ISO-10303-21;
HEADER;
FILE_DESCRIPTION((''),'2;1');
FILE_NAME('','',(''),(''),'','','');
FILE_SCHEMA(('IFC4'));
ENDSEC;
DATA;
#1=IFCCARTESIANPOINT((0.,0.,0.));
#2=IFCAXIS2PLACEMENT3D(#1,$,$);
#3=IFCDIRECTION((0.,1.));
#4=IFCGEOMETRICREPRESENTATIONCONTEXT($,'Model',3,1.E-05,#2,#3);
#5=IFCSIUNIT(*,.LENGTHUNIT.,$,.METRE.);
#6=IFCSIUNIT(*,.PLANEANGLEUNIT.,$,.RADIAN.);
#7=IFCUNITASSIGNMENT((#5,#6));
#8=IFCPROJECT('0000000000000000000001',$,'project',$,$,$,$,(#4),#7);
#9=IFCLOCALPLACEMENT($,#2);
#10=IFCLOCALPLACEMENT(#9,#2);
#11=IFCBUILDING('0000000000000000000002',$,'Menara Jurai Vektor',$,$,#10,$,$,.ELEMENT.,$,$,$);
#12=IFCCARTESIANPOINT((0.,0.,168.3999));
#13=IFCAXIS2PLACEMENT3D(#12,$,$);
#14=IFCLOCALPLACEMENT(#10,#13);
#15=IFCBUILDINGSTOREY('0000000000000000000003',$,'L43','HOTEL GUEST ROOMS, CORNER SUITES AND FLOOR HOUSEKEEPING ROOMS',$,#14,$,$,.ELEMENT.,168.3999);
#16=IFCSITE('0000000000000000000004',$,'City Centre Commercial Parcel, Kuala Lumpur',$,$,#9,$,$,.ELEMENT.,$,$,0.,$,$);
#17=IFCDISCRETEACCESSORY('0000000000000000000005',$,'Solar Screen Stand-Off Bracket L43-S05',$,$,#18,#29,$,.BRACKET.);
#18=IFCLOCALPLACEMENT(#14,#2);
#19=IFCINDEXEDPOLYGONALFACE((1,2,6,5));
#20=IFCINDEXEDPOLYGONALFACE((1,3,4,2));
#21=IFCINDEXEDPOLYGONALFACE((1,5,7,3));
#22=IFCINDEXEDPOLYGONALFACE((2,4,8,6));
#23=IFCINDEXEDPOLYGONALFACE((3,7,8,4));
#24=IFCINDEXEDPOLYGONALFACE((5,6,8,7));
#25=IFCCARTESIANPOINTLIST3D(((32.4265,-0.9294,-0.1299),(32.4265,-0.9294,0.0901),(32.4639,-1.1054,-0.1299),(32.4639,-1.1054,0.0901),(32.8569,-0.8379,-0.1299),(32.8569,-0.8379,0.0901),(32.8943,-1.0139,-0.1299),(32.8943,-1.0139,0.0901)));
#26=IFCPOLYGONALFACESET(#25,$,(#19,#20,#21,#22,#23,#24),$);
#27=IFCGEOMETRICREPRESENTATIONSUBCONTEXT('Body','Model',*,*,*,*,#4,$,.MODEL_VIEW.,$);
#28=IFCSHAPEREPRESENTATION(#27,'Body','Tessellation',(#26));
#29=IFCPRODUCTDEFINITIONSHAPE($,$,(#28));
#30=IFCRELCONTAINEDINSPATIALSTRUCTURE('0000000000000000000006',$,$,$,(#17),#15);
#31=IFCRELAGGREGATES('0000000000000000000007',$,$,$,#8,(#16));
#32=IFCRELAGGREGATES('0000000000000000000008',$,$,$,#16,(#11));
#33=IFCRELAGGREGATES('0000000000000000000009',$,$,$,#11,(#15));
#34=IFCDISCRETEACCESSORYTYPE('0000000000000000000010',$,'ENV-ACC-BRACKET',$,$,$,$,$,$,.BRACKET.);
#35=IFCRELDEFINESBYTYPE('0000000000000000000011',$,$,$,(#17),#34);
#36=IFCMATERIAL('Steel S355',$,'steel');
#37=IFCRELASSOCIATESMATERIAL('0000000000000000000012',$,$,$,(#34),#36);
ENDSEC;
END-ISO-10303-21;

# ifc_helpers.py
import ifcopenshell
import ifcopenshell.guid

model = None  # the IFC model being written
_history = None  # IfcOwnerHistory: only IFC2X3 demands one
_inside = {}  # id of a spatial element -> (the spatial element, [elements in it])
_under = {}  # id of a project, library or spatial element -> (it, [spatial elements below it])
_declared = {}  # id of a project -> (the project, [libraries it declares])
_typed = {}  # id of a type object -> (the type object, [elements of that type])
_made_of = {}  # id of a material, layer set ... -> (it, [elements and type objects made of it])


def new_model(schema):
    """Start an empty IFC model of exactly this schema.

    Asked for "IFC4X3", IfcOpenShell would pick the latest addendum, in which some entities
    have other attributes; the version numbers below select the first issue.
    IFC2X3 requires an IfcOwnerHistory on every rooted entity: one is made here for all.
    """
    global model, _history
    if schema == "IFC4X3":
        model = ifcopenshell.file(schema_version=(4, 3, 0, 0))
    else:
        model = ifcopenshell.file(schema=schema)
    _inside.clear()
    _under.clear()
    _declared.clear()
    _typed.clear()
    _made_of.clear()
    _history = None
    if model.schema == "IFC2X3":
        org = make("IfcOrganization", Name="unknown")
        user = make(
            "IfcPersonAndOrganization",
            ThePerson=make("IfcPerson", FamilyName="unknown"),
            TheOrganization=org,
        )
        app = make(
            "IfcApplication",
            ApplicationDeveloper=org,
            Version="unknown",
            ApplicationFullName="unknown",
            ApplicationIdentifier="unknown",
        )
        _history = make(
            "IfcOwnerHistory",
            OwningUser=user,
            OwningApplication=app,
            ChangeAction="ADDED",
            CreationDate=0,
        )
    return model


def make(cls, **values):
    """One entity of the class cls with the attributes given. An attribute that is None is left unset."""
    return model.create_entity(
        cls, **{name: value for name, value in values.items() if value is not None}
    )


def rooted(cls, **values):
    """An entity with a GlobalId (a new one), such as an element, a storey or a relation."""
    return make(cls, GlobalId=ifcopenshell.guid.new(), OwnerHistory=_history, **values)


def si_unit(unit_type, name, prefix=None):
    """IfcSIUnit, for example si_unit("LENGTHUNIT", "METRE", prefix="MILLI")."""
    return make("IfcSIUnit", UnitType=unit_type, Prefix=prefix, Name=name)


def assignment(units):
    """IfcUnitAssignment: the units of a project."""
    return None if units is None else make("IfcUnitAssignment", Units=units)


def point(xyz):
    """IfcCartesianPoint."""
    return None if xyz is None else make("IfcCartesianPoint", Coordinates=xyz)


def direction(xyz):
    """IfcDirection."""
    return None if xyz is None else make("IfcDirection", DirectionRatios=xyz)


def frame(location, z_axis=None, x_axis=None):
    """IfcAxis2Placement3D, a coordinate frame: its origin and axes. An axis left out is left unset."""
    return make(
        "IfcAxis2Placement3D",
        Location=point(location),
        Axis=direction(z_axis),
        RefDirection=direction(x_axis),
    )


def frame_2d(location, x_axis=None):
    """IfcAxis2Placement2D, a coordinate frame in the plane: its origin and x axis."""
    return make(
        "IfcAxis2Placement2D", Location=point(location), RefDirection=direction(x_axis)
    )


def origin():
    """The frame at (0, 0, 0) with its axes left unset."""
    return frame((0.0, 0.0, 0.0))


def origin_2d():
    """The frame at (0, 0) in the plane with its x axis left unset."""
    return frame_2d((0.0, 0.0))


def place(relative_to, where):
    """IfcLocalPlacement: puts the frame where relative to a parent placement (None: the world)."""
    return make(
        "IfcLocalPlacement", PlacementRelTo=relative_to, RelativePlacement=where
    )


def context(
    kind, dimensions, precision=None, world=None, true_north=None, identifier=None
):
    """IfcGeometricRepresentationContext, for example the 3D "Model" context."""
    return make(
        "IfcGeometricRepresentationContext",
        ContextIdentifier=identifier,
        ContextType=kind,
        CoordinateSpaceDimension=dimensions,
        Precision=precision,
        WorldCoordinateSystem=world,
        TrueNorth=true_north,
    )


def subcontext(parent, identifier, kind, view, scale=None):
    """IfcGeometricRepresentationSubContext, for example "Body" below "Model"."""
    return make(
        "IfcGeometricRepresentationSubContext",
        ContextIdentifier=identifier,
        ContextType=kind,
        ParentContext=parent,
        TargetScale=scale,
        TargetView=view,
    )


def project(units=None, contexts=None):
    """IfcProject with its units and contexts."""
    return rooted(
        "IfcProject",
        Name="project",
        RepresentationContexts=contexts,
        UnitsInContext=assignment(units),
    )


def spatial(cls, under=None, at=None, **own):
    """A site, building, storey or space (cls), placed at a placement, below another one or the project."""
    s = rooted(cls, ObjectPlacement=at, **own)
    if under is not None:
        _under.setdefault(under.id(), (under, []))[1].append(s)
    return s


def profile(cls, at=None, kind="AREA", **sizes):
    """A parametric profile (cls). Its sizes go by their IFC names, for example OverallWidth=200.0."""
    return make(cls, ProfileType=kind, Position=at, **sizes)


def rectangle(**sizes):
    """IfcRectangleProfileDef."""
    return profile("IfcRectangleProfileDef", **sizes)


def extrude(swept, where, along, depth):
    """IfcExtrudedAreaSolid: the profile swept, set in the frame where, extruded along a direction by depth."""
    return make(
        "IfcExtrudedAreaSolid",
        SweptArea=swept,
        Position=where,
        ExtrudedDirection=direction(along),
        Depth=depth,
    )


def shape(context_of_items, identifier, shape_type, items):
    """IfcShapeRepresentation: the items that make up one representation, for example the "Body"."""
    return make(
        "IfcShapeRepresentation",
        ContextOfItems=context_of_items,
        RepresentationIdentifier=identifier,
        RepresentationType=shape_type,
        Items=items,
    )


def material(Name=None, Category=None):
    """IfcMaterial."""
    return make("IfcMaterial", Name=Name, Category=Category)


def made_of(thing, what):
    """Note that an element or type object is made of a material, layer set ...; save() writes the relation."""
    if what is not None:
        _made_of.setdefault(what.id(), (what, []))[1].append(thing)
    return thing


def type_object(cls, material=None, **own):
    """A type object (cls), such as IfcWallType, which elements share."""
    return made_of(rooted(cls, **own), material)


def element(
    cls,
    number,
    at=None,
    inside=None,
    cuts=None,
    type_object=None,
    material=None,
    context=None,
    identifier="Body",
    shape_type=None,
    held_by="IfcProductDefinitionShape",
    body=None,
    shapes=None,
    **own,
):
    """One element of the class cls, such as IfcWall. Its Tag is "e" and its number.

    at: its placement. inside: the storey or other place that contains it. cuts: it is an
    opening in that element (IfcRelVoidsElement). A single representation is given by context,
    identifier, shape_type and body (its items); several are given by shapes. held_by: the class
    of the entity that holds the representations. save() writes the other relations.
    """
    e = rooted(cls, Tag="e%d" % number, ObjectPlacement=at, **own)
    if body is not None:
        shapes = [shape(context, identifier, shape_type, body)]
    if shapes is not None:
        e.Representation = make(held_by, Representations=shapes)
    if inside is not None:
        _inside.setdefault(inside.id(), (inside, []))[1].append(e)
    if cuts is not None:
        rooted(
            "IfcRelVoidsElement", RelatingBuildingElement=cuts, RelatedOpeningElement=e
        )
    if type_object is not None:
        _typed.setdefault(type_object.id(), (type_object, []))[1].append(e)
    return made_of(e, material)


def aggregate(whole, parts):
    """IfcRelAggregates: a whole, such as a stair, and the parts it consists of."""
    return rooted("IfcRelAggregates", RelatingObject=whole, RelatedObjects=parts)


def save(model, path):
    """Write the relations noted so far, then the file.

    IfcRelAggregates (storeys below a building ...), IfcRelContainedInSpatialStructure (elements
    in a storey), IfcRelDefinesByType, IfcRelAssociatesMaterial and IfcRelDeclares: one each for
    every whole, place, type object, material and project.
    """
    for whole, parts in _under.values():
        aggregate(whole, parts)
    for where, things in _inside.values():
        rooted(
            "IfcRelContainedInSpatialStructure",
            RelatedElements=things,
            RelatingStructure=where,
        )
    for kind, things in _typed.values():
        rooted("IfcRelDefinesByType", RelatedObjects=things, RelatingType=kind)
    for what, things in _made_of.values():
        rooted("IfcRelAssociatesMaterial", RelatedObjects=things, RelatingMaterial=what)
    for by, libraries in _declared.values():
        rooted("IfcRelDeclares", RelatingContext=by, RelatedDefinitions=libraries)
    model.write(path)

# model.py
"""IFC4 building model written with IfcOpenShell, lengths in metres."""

from ifc_helpers import new_model, si_unit, direction, frame, origin, origin_2d, place, context, subcontext, project, spatial, rectangle, extrude, material, type_object, element, save


model = new_model("IFC4")

# Units and contexts
model_context = context("Model", 3, precision=1e-05, world=origin(), true_north=direction((0.0, 1.0)))
body_context = subcontext(model_context, "Body", "Model", "MODEL_VIEW")
ifc_project = project(units=[si_unit("LENGTHUNIT", "METRE"), si_unit("PLANEANGLEUNIT", "RADIAN")], contexts=[model_context])

# Site, building, storey
site_placement = place(None, origin())
site = spatial("IfcSite", under=ifc_project, at=site_placement, Name="City Centre Commercial Parcel, Kuala Lumpur", CompositionType="ELEMENT", RefElevation=0.0)
building_placement = place(site_placement, origin())
building = spatial("IfcBuilding", under=site, at=building_placement, Name="Menara Jurai Vektor", CompositionType="ELEMENT")
storey_placement = place(building_placement, frame((0.0, 0.0, 168.3999)))
storey = spatial("IfcBuildingStorey", under=building, at=storey_placement, Name="L43", Description="HOTEL GUEST ROOMS, CORNER SUITES AND FLOOR HOUSEKEEPING ROOMS", CompositionType="ELEMENT", Elevation=168.3999)

# Shared definitions
ifc_material_1 = material(Name="Steel S355", Category="steel")

# Discrete accessory
discrete_accessory_type = type_object("IfcDiscreteAccessoryType", Name="ENV-ACC-BRACKET", PredefinedType="BRACKET", material=ifc_material_1)
for number, where, z_axis, x_axis, name in (
    (1, (32.6604, -0.9717, -0.1299), (0.0, 0.0, 1.0), (-0.207912, 0.978148, 0.0), "Solar Screen Stand-Off Bracket L43-S05"),
):
    element("IfcDiscreteAccessory", number, at=place(storey_placement, frame(where, z_axis=z_axis, x_axis=x_axis)), inside=storey, type_object=discrete_accessory_type, Name=name, PredefinedType="BRACKET", context=body_context, shape_type="SweptSolid", body=[
        extrude(rectangle(XDim=0.1799, YDim=0.4399, at=origin_2d()), origin(), (0.0, 0.0, 1.0), 0.22),
    ])

save(model, "model.ifc")
